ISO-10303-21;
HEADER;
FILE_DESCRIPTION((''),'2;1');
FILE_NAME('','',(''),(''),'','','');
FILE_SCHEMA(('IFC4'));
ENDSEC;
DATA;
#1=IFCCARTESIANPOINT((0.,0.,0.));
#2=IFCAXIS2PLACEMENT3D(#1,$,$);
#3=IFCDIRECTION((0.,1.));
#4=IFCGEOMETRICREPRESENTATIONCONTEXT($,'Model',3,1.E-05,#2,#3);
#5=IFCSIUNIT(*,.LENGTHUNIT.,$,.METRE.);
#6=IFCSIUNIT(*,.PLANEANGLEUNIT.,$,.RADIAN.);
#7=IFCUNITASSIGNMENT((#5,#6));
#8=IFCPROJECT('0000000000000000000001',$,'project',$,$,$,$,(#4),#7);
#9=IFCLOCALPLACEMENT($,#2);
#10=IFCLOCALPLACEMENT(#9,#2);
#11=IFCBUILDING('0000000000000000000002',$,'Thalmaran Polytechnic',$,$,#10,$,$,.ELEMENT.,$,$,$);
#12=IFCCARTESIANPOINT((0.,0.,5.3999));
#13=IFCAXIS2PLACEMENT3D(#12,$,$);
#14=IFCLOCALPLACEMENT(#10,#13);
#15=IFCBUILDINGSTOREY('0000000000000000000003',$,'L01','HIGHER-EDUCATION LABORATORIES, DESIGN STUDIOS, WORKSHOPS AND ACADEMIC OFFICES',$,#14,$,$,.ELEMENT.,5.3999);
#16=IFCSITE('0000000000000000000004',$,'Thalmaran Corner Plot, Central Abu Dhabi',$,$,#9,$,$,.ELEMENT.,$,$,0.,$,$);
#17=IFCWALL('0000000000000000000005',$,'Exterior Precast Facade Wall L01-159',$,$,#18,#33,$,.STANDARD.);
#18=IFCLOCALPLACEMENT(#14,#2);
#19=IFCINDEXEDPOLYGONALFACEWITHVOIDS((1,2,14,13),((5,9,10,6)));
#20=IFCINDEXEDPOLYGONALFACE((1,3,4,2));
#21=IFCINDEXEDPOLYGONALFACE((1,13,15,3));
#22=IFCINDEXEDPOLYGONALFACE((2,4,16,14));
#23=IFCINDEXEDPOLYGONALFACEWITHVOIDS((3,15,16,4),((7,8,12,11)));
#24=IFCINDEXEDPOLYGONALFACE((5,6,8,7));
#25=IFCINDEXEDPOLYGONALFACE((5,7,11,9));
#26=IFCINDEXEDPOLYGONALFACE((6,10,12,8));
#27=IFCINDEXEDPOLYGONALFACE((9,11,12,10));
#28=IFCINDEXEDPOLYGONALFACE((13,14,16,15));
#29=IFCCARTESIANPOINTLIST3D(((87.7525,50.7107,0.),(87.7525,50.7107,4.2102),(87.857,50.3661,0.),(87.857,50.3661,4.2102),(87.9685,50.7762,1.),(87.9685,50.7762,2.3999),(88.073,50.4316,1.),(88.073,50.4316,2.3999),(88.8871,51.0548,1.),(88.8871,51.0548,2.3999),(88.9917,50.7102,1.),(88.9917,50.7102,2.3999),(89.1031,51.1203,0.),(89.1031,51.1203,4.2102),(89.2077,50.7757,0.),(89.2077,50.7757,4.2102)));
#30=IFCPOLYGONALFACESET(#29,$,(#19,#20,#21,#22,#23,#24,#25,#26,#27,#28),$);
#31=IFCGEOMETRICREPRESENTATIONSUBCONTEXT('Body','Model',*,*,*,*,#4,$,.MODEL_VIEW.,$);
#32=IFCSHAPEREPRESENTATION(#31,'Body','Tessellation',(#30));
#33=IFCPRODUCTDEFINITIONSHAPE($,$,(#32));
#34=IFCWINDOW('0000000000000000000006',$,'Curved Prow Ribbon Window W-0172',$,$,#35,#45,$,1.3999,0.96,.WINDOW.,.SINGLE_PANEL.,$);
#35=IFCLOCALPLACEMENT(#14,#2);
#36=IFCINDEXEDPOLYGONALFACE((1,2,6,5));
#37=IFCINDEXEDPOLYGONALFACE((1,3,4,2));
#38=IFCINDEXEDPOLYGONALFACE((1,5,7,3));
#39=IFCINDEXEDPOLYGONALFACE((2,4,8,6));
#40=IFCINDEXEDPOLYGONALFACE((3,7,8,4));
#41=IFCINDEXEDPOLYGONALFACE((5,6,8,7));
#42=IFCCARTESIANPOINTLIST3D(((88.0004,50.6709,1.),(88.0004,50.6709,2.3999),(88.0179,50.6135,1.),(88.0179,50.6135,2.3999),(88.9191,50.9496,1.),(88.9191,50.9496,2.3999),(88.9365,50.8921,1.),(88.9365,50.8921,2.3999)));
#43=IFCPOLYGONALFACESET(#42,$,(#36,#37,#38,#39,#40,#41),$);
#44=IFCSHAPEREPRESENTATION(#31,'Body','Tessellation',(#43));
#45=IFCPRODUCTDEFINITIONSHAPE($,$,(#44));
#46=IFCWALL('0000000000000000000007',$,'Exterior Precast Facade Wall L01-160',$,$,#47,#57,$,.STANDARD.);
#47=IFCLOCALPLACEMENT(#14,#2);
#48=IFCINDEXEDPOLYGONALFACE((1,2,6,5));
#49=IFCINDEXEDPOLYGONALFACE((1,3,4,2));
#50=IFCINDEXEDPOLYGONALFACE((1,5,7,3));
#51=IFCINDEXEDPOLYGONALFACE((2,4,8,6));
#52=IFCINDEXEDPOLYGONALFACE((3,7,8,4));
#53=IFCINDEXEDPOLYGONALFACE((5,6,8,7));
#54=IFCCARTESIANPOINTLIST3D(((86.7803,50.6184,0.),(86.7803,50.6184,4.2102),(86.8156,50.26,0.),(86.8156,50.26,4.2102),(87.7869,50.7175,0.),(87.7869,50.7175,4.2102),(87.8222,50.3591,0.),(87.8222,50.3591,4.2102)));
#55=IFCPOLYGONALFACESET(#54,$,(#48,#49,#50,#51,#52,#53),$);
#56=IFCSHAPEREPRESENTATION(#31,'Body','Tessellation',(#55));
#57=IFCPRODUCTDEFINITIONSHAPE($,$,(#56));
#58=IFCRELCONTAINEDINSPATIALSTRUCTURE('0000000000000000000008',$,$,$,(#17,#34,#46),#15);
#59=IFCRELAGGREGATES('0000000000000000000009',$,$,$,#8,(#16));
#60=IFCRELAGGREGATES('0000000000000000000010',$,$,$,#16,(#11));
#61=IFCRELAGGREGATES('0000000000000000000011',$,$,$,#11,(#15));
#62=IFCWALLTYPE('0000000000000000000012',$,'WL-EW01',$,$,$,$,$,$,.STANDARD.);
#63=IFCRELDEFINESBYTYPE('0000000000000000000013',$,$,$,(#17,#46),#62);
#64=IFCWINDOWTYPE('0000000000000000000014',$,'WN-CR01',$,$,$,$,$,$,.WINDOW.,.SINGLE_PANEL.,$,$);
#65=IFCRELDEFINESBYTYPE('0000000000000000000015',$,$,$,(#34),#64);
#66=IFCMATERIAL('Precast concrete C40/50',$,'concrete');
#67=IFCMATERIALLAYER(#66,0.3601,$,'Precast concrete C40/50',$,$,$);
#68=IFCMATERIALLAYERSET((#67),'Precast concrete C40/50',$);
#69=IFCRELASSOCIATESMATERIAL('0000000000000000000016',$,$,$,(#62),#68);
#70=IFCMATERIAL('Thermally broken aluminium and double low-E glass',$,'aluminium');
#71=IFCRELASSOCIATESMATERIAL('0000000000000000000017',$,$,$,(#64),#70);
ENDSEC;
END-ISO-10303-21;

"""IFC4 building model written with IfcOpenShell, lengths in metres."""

from ifc_helpers import new_model, si_unit, direction, frame, frame_2d, origin, place, context, subcontext, project, spatial, rectangle, extrude, material, layer, layer_set, type_object, element, fill, save


model = new_model("IFC4")

# Units and contexts
model_context = context("Model", 3, precision=1e-05, world=origin(), true_north=direction((0.0, 1.0)))
body_context = subcontext(model_context, "Body", "Model", "MODEL_VIEW")
ifc_project = project(units=[si_unit("LENGTHUNIT", "METRE"), si_unit("PLANEANGLEUNIT", "RADIAN")], contexts=[model_context])

# Site, building, storey
site_placement = place(None, origin())
site = spatial("IfcSite", under=ifc_project, at=site_placement, Name="Thalmaran Corner Plot, Central Abu Dhabi", CompositionType="ELEMENT", RefElevation=0.0)
building_placement = place(site_placement, origin())
building = spatial("IfcBuilding", under=site, at=building_placement, Name="Thalmaran Polytechnic", CompositionType="ELEMENT")
storey_placement = place(building_placement, frame((0.0, 0.0, 5.3999)))
storey = spatial("IfcBuildingStorey", under=building, at=storey_placement, Name="L01", Description="HIGHER-EDUCATION LABORATORIES, DESIGN STUDIOS, WORKSHOPS AND ACADEMIC OFFICES", CompositionType="ELEMENT", Elevation=5.3999)

# Wall, opening, window
ifc_material_1 = material(Name="Precast concrete C40/50", Category="concrete")
ifc_layer_1 = layer(ifc_material_1, 0.3601, Name="Precast concrete C40/50")
ifc_layer_set_1 = layer_set([ifc_layer_1], Name="Precast concrete C40/50")
wall_type = type_object("IfcWallType", Name="WL-EW01", PredefinedType="STANDARD", material=ifc_layer_set_1)
wall_1_placement = place(storey_placement, frame((89.1553, 50.948, 0.0), z_axis=(0.0, 0.0, 1.0), x_axis=(-0.956946, -0.290267, 0.0)))
wall_1 = element("IfcWall", 1, at=wall_1_placement, inside=storey, type_object=wall_type, Name="Exterior Precast Facade Wall L01-159", PredefinedType="STANDARD", context=body_context, shape_type="SweptSolid", body=[
    extrude(rectangle(XDim=1.4114, YDim=0.3601, at=frame_2d((0.7056, 0.0))), origin(), (0.0, 0.0, 1.0), 4.2102),
])
opening_placement = place(wall_1_placement, frame((0.2256, 0.0, 1.0)))
opening = element("IfcOpeningElement", 2, at=opening_placement, cuts=wall_1, PredefinedType="OPENING", context=body_context, shape_type="SweptSolid", body=[
    extrude(rectangle(XDim=0.96, YDim=1.3999, at=frame_2d((0.48, 0.7))), frame((0.0, 0.1899, 0.0), z_axis=(0.0, -1.0, 0.0), x_axis=(1.0, 0.0, 0.0)), (0.0, 0.0, 1.0), 0.3801),
])
ifc_material_2 = material(Name="Thermally broken aluminium and double low-E glass", Category="aluminium")
window_type = type_object("IfcWindowType", Name="WN-CR01", PartitioningType="SINGLE_PANEL", PredefinedType="WINDOW", material=ifc_material_2)
window_placement = place(opening_placement, origin())
window = element("IfcWindow", 3, at=window_placement, inside=storey, type_object=window_type, Name="Curved Prow Ribbon Window W-0172", OverallHeight=1.3999, OverallWidth=0.96, PartitioningType="SINGLE_PANEL", PredefinedType="WINDOW", context=body_context, shape_type="SweptSolid", body=[
    extrude(rectangle(XDim=0.96, YDim=1.3999, at=frame_2d((0.48, 0.7))), frame((0.0, -0.01, 0.0), z_axis=(0.0, -1.0, 0.0), x_axis=(1.0, 0.0, 0.0)), (0.0, 0.0, 1.0), 0.0601),
])
fill(opening, window)

# Wall
wall_2_placement = place(storey_placement, frame((87.8047, 50.5383, 0.0), z_axis=(0.0, 0.0, 1.0), x_axis=(-0.995187, -0.097998, 0.0)))
element("IfcWall", 4, at=wall_2_placement, inside=storey, type_object=wall_type, Name="Exterior Precast Facade Wall L01-160", PredefinedType="STANDARD", context=body_context, shape_type="SweptSolid", body=[
    extrude(rectangle(XDim=1.0115, YDim=0.3601, at=frame_2d((0.5059, 0.0))), origin(), (0.0, 0.0, 1.0), 4.2102),
])

save(model, "model.ifc")
